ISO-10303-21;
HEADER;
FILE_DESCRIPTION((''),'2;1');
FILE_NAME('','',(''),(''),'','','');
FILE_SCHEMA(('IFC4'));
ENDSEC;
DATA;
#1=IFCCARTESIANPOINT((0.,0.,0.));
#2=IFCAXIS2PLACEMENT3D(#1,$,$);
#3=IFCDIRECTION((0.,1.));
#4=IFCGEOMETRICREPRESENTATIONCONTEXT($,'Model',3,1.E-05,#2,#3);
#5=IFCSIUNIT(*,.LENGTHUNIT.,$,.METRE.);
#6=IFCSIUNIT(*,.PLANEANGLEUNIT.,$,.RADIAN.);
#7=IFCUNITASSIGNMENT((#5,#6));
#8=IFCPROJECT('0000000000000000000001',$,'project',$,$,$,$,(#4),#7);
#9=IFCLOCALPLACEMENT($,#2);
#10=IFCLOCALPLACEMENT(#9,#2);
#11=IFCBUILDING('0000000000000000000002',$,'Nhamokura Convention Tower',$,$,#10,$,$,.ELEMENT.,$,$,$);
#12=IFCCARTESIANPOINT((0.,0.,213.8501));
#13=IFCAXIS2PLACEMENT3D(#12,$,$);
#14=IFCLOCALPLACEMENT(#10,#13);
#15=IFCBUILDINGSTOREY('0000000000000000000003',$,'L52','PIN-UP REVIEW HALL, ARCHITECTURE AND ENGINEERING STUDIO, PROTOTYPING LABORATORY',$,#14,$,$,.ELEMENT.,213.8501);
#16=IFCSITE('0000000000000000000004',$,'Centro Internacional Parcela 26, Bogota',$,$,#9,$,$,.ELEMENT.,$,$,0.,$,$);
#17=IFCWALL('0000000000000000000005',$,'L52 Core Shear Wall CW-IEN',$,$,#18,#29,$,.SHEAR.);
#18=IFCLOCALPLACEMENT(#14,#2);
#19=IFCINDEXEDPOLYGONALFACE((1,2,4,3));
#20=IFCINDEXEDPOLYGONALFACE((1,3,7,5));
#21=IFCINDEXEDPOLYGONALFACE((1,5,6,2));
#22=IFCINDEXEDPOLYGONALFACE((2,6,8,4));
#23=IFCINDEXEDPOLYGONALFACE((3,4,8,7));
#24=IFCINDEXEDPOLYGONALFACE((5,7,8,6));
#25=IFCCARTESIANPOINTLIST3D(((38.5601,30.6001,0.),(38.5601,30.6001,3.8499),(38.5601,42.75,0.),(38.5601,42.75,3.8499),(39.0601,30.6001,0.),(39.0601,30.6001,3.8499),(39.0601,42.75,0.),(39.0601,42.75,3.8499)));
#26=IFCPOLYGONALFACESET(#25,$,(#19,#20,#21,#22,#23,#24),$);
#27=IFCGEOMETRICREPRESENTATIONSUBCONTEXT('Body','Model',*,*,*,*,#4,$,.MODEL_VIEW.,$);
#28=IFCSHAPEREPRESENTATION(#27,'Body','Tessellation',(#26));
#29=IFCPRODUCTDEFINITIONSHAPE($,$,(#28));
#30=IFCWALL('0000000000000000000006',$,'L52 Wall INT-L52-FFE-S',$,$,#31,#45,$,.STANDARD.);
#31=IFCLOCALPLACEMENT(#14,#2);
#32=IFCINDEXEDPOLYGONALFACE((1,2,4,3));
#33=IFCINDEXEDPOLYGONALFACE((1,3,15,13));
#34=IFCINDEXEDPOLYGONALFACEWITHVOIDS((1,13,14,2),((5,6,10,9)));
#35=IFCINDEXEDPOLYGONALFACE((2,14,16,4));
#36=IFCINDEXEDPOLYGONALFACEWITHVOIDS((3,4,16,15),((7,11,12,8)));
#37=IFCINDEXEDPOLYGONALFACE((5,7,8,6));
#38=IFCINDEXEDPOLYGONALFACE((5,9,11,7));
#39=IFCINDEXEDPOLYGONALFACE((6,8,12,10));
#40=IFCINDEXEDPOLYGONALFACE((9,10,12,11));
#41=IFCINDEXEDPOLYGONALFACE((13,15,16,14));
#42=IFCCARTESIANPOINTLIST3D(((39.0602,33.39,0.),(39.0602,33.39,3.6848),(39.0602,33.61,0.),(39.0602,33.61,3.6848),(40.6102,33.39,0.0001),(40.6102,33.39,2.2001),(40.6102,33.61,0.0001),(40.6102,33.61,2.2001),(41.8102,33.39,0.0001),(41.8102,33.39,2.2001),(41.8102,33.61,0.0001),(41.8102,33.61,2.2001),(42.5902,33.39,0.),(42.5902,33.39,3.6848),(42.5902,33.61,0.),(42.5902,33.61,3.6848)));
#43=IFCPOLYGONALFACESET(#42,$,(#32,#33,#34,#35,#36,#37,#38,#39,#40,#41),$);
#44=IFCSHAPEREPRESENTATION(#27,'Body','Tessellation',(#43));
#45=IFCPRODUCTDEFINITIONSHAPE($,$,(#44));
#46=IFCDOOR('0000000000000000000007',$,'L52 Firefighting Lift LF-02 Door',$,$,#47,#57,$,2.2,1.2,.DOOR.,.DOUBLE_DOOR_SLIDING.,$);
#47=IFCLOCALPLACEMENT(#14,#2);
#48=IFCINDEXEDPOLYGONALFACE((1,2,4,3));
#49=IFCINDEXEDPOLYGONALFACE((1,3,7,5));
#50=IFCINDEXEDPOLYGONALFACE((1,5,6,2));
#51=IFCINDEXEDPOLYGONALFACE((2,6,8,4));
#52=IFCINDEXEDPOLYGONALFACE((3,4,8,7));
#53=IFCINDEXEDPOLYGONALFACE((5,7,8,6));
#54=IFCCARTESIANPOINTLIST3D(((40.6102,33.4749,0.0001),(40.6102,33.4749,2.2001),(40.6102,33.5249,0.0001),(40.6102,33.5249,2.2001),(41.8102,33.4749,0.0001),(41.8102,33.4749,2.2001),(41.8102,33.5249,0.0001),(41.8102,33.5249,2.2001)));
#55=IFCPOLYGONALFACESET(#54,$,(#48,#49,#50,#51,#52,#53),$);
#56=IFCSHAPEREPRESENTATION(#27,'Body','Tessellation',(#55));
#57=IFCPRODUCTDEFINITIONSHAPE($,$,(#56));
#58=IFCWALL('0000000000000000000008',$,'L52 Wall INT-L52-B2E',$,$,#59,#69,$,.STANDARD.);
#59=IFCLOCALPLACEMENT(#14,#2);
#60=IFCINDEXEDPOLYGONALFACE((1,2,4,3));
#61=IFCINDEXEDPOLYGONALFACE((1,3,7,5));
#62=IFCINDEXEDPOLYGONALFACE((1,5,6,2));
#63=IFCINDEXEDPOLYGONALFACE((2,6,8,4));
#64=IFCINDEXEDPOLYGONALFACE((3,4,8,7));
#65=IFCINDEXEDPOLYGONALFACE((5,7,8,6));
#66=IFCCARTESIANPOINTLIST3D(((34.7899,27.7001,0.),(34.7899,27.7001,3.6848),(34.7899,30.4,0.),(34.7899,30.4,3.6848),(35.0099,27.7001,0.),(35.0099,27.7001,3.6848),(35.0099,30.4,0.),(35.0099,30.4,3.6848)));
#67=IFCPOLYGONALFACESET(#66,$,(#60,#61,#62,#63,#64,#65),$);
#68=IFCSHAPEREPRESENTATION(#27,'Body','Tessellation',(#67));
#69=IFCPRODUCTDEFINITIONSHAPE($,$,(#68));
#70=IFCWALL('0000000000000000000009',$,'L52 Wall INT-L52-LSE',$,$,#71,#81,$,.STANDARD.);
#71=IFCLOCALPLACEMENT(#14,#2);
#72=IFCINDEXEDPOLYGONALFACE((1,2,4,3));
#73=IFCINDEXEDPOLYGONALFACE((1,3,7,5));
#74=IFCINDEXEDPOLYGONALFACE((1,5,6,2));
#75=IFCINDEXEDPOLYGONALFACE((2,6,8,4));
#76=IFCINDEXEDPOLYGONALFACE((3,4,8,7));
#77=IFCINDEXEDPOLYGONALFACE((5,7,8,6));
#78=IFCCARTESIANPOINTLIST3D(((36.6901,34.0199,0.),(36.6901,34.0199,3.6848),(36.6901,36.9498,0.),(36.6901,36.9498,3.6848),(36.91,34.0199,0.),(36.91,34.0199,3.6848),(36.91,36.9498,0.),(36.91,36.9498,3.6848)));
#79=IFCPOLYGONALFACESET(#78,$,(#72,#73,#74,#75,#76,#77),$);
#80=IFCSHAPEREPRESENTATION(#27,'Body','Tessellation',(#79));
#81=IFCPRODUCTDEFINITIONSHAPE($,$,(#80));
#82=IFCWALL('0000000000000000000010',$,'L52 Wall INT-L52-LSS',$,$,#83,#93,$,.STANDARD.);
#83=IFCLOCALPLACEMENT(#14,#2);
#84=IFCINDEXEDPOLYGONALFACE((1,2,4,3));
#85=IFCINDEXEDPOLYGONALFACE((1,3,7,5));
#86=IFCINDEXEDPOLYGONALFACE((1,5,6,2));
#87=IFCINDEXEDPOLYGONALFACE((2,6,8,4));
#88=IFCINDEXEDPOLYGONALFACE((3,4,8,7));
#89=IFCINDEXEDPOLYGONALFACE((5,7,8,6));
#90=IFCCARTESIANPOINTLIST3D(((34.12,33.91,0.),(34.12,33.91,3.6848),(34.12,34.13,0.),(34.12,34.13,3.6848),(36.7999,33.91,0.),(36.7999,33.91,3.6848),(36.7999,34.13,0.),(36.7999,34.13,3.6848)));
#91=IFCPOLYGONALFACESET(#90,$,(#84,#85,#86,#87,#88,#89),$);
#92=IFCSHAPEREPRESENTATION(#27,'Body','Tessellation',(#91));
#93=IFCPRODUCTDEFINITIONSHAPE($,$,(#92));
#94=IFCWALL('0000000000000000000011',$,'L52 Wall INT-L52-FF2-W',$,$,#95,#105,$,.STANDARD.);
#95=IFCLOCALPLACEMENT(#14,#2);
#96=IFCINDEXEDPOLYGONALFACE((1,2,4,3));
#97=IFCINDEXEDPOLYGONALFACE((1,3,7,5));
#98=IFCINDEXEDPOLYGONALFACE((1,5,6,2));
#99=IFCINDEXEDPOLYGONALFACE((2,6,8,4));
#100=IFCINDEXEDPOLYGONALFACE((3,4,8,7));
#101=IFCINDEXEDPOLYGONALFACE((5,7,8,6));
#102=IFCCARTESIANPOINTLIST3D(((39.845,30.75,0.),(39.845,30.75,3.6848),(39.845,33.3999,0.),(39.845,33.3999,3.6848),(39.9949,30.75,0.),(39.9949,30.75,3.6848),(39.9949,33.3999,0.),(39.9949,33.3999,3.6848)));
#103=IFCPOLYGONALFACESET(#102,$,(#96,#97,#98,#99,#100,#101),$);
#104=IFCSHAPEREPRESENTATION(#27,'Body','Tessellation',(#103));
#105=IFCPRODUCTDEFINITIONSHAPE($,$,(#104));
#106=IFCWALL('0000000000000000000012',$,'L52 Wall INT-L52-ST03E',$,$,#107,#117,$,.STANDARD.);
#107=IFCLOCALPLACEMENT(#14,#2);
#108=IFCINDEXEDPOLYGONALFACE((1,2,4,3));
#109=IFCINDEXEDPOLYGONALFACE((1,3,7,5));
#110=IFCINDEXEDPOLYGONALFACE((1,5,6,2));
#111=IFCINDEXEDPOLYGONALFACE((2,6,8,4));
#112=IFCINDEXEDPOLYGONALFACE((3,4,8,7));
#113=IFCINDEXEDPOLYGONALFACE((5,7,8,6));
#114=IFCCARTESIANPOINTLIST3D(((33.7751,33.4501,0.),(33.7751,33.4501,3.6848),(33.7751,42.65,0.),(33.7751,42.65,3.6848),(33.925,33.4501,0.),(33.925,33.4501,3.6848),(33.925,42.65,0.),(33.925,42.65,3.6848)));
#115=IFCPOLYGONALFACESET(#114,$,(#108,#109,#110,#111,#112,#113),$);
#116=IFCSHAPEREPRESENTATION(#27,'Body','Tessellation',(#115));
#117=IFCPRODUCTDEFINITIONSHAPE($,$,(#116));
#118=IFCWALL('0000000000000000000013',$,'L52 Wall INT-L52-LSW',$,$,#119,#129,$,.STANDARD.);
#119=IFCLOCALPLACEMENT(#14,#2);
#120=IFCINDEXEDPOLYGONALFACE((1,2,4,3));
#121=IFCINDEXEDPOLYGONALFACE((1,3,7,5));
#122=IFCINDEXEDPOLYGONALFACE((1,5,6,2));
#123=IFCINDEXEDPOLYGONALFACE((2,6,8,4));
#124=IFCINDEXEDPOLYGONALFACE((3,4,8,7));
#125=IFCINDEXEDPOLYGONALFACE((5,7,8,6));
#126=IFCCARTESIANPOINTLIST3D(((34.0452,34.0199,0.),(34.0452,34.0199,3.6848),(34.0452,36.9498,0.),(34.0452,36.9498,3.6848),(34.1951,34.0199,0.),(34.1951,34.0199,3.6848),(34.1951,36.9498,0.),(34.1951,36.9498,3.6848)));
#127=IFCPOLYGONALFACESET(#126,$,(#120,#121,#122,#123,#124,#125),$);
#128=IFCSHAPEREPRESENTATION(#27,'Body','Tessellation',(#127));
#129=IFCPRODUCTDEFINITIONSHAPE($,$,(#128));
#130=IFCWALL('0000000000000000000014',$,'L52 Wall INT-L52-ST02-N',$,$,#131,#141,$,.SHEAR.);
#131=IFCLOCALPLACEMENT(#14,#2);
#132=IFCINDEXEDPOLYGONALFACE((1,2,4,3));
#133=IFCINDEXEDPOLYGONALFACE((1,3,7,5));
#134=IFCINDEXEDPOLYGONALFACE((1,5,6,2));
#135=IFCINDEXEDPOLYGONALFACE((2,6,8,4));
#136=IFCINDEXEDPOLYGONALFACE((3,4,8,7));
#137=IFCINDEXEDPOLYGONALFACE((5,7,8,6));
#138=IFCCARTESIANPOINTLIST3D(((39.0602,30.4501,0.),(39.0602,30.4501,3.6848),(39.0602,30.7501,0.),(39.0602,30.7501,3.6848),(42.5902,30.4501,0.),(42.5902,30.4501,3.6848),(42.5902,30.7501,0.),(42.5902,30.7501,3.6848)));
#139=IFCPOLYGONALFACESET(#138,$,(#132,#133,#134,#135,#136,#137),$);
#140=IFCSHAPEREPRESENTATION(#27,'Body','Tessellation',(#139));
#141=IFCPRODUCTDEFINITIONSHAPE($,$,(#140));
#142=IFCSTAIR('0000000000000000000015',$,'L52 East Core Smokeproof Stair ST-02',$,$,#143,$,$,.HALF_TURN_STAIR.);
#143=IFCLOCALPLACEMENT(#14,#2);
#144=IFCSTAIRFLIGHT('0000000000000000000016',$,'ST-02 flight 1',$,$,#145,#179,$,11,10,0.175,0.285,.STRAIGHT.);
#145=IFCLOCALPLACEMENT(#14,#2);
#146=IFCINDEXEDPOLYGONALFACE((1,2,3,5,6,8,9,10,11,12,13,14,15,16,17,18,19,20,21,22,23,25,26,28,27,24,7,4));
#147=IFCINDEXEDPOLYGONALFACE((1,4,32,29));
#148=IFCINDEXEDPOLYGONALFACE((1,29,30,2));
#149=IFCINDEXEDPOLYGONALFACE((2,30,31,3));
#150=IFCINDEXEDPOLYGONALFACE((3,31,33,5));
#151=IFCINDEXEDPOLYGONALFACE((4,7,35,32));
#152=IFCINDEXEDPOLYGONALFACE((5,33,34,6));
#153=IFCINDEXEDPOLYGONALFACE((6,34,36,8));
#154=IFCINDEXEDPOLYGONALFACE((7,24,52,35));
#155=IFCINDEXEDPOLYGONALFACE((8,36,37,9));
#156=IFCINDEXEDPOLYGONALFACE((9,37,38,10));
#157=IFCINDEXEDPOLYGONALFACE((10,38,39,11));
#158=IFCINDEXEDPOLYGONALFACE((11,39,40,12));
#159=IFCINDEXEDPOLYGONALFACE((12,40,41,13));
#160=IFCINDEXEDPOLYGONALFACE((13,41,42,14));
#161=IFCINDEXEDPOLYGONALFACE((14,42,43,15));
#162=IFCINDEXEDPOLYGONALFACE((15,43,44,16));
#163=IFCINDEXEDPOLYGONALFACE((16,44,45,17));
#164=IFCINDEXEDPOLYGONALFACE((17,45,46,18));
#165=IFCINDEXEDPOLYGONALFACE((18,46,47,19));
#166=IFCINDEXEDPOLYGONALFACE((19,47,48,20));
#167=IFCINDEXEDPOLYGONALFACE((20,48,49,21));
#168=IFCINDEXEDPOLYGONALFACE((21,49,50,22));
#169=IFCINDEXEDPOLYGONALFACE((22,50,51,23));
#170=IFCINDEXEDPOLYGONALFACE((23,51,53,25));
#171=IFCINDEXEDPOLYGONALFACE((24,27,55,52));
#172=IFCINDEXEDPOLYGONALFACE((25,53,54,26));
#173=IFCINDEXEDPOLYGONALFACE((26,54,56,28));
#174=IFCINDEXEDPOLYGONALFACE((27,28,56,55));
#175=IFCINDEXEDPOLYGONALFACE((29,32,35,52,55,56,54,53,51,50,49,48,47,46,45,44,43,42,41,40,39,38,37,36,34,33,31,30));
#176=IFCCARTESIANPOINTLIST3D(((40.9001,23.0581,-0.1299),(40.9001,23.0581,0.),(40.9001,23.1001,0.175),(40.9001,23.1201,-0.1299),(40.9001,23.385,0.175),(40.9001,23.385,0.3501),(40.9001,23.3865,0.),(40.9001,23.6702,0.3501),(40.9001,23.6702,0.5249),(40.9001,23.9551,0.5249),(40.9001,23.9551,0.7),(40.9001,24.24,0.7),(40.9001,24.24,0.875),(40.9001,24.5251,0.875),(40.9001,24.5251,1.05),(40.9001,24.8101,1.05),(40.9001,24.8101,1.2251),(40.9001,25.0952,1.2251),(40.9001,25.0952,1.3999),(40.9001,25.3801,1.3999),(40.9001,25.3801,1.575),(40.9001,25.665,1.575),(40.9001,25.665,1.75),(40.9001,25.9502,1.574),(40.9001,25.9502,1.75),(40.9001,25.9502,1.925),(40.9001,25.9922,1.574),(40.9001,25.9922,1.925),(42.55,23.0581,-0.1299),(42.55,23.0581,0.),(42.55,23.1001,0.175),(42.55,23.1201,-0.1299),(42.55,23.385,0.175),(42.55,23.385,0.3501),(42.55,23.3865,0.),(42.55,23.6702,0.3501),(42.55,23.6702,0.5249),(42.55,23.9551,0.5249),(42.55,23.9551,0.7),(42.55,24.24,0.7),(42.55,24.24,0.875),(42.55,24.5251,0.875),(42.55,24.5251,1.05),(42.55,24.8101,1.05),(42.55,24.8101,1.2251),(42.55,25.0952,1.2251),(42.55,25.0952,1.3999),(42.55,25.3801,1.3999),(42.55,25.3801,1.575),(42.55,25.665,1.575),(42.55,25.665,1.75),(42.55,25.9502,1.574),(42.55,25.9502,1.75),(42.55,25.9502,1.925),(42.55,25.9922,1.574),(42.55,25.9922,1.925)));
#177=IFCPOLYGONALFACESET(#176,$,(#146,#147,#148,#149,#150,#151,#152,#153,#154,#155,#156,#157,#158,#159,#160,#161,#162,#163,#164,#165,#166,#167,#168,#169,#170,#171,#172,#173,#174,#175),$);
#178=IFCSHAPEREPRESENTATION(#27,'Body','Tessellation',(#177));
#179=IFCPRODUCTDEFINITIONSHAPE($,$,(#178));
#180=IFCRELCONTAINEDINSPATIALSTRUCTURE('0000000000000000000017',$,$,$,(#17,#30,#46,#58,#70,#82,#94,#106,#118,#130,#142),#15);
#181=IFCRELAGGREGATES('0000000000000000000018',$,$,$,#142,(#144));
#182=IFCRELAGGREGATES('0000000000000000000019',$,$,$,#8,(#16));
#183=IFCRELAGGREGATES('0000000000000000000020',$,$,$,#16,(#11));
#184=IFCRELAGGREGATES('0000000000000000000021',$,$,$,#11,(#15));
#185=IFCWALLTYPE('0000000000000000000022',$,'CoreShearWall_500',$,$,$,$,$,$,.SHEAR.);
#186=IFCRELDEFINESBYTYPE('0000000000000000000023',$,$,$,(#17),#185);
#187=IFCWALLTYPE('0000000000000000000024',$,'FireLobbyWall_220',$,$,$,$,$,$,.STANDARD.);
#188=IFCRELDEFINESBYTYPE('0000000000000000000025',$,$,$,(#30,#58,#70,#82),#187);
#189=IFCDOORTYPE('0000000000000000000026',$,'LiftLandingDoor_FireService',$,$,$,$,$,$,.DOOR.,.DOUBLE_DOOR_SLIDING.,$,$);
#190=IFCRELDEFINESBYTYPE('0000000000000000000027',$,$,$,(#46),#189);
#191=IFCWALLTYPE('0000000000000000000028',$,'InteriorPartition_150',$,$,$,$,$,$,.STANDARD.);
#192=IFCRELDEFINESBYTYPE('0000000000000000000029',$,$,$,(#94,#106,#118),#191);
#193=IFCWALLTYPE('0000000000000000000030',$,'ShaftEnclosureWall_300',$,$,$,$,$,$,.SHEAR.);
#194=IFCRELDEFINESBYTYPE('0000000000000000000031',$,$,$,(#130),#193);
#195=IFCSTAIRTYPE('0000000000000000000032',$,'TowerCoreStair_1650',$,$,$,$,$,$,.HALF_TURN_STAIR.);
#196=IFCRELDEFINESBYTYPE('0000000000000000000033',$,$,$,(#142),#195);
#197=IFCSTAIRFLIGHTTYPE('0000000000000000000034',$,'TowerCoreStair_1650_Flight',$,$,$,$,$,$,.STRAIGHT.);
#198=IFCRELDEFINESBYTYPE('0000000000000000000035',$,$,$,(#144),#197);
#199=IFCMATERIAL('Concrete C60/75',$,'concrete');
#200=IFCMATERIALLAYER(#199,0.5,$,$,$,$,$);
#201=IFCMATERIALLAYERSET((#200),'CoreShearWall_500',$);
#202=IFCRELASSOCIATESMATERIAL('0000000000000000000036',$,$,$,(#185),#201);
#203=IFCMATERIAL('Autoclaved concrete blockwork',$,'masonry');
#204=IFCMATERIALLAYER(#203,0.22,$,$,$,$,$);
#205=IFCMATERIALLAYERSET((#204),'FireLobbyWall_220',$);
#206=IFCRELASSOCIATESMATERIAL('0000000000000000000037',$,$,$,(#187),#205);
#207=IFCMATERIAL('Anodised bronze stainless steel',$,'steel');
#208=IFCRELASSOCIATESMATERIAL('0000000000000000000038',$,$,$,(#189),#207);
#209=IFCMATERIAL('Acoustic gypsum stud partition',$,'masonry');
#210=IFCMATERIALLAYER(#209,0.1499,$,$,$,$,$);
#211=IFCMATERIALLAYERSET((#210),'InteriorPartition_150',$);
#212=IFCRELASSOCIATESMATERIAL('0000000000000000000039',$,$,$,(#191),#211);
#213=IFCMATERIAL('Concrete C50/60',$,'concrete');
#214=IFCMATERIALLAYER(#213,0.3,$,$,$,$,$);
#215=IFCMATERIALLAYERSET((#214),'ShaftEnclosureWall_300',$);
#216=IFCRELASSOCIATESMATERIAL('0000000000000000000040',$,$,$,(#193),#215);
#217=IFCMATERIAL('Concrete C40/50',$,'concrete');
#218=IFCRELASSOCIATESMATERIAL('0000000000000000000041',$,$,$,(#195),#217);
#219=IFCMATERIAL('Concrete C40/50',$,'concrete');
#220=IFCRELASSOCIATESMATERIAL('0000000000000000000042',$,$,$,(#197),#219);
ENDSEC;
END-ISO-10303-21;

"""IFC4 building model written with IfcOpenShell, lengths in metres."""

from ifc_helpers import new_model, si_unit, direction, frame, frame_2d, origin, place, context, subcontext, project, spatial, polyline, rectangle, outline, extrude, material, layer, layer_set, type_object, element, fill, aggregate, save


model = new_model("IFC4")

# Units and contexts
model_context = context("Model", 3, precision=1e-05, world=origin(), true_north=direction((0.0, 1.0)))
body_context = subcontext(model_context, "Body", "Model", "MODEL_VIEW")
ifc_project = project(units=[si_unit("LENGTHUNIT", "METRE"), si_unit("PLANEANGLEUNIT", "RADIAN")], contexts=[model_context])

# Site, building, storey
site_placement = place(None, origin())
site = spatial("IfcSite", under=ifc_project, at=site_placement, Name="Centro Internacional Parcela 26, Bogota", CompositionType="ELEMENT", RefElevation=0.0)
building_placement = place(site_placement, origin())
building = spatial("IfcBuilding", under=site, at=building_placement, Name="Nhamokura Convention Tower", CompositionType="ELEMENT")
storey_placement = place(building_placement, frame((0.0, 0.0, 213.8501)))
storey = spatial("IfcBuildingStorey", under=building, at=storey_placement, Name="L52", Description="PIN-UP REVIEW HALL, ARCHITECTURE AND ENGINEERING STUDIO, PROTOTYPING LABORATORY", CompositionType="ELEMENT", Elevation=213.8501)

# Wall
ifc_material_1 = material(Name="Concrete C60/75", Category="concrete")
ifc_layer_1 = layer(ifc_material_1, 0.5)
ifc_layer_set_1 = layer_set([ifc_layer_1], Name="CoreShearWall_500")
wall_type_1 = type_object("IfcWallType", Name="CoreShearWall_500", PredefinedType="SHEAR", material=ifc_layer_set_1)
wall_1_placement = place(storey_placement, frame((38.8101, 30.6001, 0.0), z_axis=(0.0, 0.0, 1.0), x_axis=(0.0, 1.0, 0.0)))
element("IfcWall", 1, at=wall_1_placement, inside=storey, type_object=wall_type_1, Name="L52 Core Shear Wall CW-IEN", PredefinedType="SHEAR", context=body_context, shape_type="SweptSolid", body=[
    extrude(rectangle(XDim=12.1499, YDim=0.5, at=frame_2d((6.075, 0.0))), origin(), (0.0, 0.0, 1.0), 3.8499),
])

# Wall, opening, door
ifc_material_2 = material(Name="Autoclaved concrete blockwork", Category="masonry")
ifc_layer_2 = layer(ifc_material_2, 0.22)
ifc_layer_set_2 = layer_set([ifc_layer_2], Name="FireLobbyWall_220")
wall_type_2 = type_object("IfcWallType", Name="FireLobbyWall_220", PredefinedType="STANDARD", material=ifc_layer_set_2)
wall_2_placement = place(storey_placement, frame((39.0601, 33.5, 0.0), z_axis=(0.0, 0.0, 1.0), x_axis=(1.0, 0.0, 0.0)))
wall_2 = element("IfcWall", 2, at=wall_2_placement, inside=storey, type_object=wall_type_2, Name="L52 Wall INT-L52-FFE-S", PredefinedType="STANDARD", context=body_context, shape_type="SweptSolid", body=[
    extrude(rectangle(XDim=3.53, YDim=0.22, at=frame_2d((1.7651, 0.0))), origin(), (0.0, 0.0, 1.0), 3.6848),
])
opening_placement = place(wall_2_placement, frame((1.55, 0.0, 0.0)))
opening = element("IfcOpeningElement", 3, at=opening_placement, cuts=wall_2, PredefinedType="OPENING", context=body_context, shape_type="SweptSolid", body=[
    extrude(rectangle(XDim=1.2, YDim=2.2, at=frame_2d((0.6001, 1.1001))), frame((0.0, 0.1199, 0.0), z_axis=(0.0, -1.0, 0.0), x_axis=(1.0, 0.0, 0.0)), (0.0, 0.0, 1.0), 0.24),
])
ifc_material_3 = material(Name="Anodised bronze stainless steel", Category="steel")
door_type = type_object("IfcDoorType", Name="LiftLandingDoor_FireService", OperationType="DOUBLE_DOOR_SLIDING", PredefinedType="DOOR", material=ifc_material_3)
door_placement = place(opening_placement, origin())
door = element("IfcDoor", 4, at=door_placement, inside=storey, type_object=door_type, Name="L52 Firefighting Lift LF-02 Door", OperationType="DOUBLE_DOOR_SLIDING", OverallHeight=2.2, OverallWidth=1.2, PredefinedType="DOOR", context=body_context, shape_type="SweptSolid", body=[
    extrude(rectangle(XDim=1.2, YDim=2.2, at=frame_2d((0.6001, 1.1001))), frame((0.0, 0.0249, 0.0), z_axis=(0.0, -1.0, 0.0), x_axis=(1.0, 0.0, 0.0)), (0.0, 0.0, 1.0), 0.05),
])
fill(opening, door)

# Walls
wall_3_placement = place(storey_placement, frame((34.8999, 27.7, 0.0), z_axis=(0.0, 0.0, 1.0), x_axis=(0.0, 1.0, 0.0)))
element("IfcWall", 5, at=wall_3_placement, inside=storey, type_object=wall_type_2, Name="L52 Wall INT-L52-B2E", PredefinedType="STANDARD", context=body_context, shape_type="SweptSolid", body=[
    extrude(rectangle(XDim=2.7, YDim=0.22, at=frame_2d((1.3501, 0.0))), origin(), (0.0, 0.0, 1.0), 3.6848),
])
wall_4_placement = place(storey_placement, frame((36.8, 34.02, 0.0), z_axis=(0.0, 0.0, 1.0), x_axis=(0.0, 1.0, 0.0)))
element("IfcWall", 6, at=wall_4_placement, inside=storey, type_object=wall_type_2, Name="L52 Wall INT-L52-LSE", PredefinedType="STANDARD", context=body_context, shape_type="SweptSolid", body=[
    extrude(rectangle(XDim=2.9299, YDim=0.22, at=frame_2d((1.4648, 0.0))), origin(), (0.0, 0.0, 1.0), 3.6848),
])
wall_5_placement = place(storey_placement, frame((34.1201, 34.02, 0.0), z_axis=(0.0, 0.0, 1.0), x_axis=(1.0, 0.0, 0.0)))
element("IfcWall", 7, at=wall_5_placement, inside=storey, type_object=wall_type_2, Name="L52 Wall INT-L52-LSS", PredefinedType="STANDARD", context=body_context, shape_type="SweptSolid", body=[
    extrude(rectangle(XDim=2.6799, YDim=0.22, at=frame_2d((1.3398, 0.0))), origin(), (0.0, 0.0, 1.0), 3.6848),
])
ifc_material_4 = material(Name="Acoustic gypsum stud partition", Category="masonry")
ifc_layer_3 = layer(ifc_material_4, 0.1499)
ifc_layer_set_3 = layer_set([ifc_layer_3], Name="InteriorPartition_150")
wall_type_3 = type_object("IfcWallType", Name="InteriorPartition_150", PredefinedType="STANDARD", material=ifc_layer_set_3)
wall_6_placement = place(storey_placement, frame((39.9199, 30.75, 0.0), z_axis=(0.0, 0.0, 1.0), x_axis=(0.0, 1.0, 0.0)))
element("IfcWall", 8, at=wall_6_placement, inside=storey, type_object=wall_type_3, Name="L52 Wall INT-L52-FF2-W", PredefinedType="STANDARD", context=body_context, shape_type="SweptSolid", body=[
    extrude(rectangle(XDim=2.6499, YDim=0.1499, at=frame_2d((1.325, 0.0))), origin(), (0.0, 0.0, 1.0), 3.6848),
])
wall_7_placement = place(storey_placement, frame((33.8501, 33.45, 0.0), z_axis=(0.0, 0.0, 1.0), x_axis=(0.0, 1.0, 0.0)))
element("IfcWall", 9, at=wall_7_placement, inside=storey, type_object=wall_type_3, Name="L52 Wall INT-L52-ST03E", PredefinedType="STANDARD", context=body_context, shape_type="SweptSolid", body=[
    extrude(rectangle(XDim=9.2, YDim=0.1499, at=frame_2d((4.6001, 0.0))), origin(), (0.0, 0.0, 1.0), 3.6848),
])
wall_8_placement = place(storey_placement, frame((34.1201, 34.02, 0.0), z_axis=(0.0, 0.0, 1.0), x_axis=(0.0, 1.0, 0.0)))
element("IfcWall", 10, at=wall_8_placement, inside=storey, type_object=wall_type_3, Name="L52 Wall INT-L52-LSW", PredefinedType="STANDARD", context=body_context, shape_type="SweptSolid", body=[
    extrude(rectangle(XDim=2.9299, YDim=0.1499, at=frame_2d((1.4648, 0.0))), origin(), (0.0, 0.0, 1.0), 3.6848),
])
ifc_material_5 = material(Name="Concrete C50/60", Category="concrete")
ifc_layer_4 = layer(ifc_material_5, 0.3)
ifc_layer_set_4 = layer_set([ifc_layer_4], Name="ShaftEnclosureWall_300")
wall_type_4 = type_object("IfcWallType", Name="ShaftEnclosureWall_300", PredefinedType="SHEAR", material=ifc_layer_set_4)
wall_9_placement = place(storey_placement, frame((39.0601, 30.6001, 0.0), z_axis=(0.0, 0.0, 1.0), x_axis=(1.0, 0.0, 0.0)))
element("IfcWall", 11, at=wall_9_placement, inside=storey, type_object=wall_type_4, Name="L52 Wall INT-L52-ST02-N", PredefinedType="SHEAR", context=body_context, shape_type="SweptSolid", body=[
    extrude(rectangle(XDim=3.53, YDim=0.3, at=frame_2d((1.7651, 0.0))), origin(), (0.0, 0.0, 1.0), 3.6848),
])

# Stair, stair flight
ifc_material_6 = material(Name="Concrete C40/50", Category="concrete")
stair_type = type_object("IfcStairType", Name="TowerCoreStair_1650", PredefinedType="HALF_TURN_STAIR", material=ifc_material_6)
stair_placement = place(storey_placement, origin())
stair = element("IfcStair", 12, at=stair_placement, inside=storey, type_object=stair_type, Name="L52 East Core Smokeproof Stair ST-02", PredefinedType="HALF_TURN_STAIR")
ifc_material_7 = material(Name="Concrete C40/50", Category="concrete")
stair_flight_type = type_object("IfcStairFlightType", Name="TowerCoreStair_1650_Flight", PredefinedType="STRAIGHT", material=ifc_material_7)
stair_flight_1_placement = place(storey_placement, frame((41.7251, 23.1001, 0.0), z_axis=(0.0, 0.0, 1.0), x_axis=(0.0, 1.0, 0.0)))
stair_flight_1 = element("IfcStairFlight", 13, at=stair_flight_1_placement, type_object=stair_flight_type, Name="ST-02 flight 1", NumberOfRisers=11, NumberOfTreads=10, PredefinedType="STRAIGHT", RiserHeight=0.175, TreadLength=0.285, context=body_context, shape_type="SweptSolid", body=[
    extrude(outline(polyline([(-0.042, 0.0), (0.0, 0.175), (0.2849, 0.175), (0.2849, 0.3501), (0.5701, 0.3501), (0.5701, 0.5249), (0.855, 0.5249), (0.855, 0.7), (1.1399, 0.7), (1.1399, 0.875), (1.425, 0.875), (1.425, 1.05), (1.71, 1.05), (1.71, 1.2251), (1.9951, 1.2251), (1.9951, 1.3999), (2.28, 1.3999), (2.28, 1.575), (2.5649, 1.575), (2.5649, 1.75), (2.8501, 1.75), (2.8501, 1.925), (2.8921, 1.925), (2.8921, 1.574), (2.8501, 1.574), (0.2864, 0.0), (0.02, -0.1299), (-0.042, -0.1299), (-0.042, 0.0)])), frame((0.0, 0.825, 0.0), z_axis=(0.0, -1.0, 0.0), x_axis=(1.0, 0.0, 0.0)), (0.0, 0.0, 1.0), 1.6499),
])
aggregate(stair, [stair_flight_1])

save(model, "model.ifc")
